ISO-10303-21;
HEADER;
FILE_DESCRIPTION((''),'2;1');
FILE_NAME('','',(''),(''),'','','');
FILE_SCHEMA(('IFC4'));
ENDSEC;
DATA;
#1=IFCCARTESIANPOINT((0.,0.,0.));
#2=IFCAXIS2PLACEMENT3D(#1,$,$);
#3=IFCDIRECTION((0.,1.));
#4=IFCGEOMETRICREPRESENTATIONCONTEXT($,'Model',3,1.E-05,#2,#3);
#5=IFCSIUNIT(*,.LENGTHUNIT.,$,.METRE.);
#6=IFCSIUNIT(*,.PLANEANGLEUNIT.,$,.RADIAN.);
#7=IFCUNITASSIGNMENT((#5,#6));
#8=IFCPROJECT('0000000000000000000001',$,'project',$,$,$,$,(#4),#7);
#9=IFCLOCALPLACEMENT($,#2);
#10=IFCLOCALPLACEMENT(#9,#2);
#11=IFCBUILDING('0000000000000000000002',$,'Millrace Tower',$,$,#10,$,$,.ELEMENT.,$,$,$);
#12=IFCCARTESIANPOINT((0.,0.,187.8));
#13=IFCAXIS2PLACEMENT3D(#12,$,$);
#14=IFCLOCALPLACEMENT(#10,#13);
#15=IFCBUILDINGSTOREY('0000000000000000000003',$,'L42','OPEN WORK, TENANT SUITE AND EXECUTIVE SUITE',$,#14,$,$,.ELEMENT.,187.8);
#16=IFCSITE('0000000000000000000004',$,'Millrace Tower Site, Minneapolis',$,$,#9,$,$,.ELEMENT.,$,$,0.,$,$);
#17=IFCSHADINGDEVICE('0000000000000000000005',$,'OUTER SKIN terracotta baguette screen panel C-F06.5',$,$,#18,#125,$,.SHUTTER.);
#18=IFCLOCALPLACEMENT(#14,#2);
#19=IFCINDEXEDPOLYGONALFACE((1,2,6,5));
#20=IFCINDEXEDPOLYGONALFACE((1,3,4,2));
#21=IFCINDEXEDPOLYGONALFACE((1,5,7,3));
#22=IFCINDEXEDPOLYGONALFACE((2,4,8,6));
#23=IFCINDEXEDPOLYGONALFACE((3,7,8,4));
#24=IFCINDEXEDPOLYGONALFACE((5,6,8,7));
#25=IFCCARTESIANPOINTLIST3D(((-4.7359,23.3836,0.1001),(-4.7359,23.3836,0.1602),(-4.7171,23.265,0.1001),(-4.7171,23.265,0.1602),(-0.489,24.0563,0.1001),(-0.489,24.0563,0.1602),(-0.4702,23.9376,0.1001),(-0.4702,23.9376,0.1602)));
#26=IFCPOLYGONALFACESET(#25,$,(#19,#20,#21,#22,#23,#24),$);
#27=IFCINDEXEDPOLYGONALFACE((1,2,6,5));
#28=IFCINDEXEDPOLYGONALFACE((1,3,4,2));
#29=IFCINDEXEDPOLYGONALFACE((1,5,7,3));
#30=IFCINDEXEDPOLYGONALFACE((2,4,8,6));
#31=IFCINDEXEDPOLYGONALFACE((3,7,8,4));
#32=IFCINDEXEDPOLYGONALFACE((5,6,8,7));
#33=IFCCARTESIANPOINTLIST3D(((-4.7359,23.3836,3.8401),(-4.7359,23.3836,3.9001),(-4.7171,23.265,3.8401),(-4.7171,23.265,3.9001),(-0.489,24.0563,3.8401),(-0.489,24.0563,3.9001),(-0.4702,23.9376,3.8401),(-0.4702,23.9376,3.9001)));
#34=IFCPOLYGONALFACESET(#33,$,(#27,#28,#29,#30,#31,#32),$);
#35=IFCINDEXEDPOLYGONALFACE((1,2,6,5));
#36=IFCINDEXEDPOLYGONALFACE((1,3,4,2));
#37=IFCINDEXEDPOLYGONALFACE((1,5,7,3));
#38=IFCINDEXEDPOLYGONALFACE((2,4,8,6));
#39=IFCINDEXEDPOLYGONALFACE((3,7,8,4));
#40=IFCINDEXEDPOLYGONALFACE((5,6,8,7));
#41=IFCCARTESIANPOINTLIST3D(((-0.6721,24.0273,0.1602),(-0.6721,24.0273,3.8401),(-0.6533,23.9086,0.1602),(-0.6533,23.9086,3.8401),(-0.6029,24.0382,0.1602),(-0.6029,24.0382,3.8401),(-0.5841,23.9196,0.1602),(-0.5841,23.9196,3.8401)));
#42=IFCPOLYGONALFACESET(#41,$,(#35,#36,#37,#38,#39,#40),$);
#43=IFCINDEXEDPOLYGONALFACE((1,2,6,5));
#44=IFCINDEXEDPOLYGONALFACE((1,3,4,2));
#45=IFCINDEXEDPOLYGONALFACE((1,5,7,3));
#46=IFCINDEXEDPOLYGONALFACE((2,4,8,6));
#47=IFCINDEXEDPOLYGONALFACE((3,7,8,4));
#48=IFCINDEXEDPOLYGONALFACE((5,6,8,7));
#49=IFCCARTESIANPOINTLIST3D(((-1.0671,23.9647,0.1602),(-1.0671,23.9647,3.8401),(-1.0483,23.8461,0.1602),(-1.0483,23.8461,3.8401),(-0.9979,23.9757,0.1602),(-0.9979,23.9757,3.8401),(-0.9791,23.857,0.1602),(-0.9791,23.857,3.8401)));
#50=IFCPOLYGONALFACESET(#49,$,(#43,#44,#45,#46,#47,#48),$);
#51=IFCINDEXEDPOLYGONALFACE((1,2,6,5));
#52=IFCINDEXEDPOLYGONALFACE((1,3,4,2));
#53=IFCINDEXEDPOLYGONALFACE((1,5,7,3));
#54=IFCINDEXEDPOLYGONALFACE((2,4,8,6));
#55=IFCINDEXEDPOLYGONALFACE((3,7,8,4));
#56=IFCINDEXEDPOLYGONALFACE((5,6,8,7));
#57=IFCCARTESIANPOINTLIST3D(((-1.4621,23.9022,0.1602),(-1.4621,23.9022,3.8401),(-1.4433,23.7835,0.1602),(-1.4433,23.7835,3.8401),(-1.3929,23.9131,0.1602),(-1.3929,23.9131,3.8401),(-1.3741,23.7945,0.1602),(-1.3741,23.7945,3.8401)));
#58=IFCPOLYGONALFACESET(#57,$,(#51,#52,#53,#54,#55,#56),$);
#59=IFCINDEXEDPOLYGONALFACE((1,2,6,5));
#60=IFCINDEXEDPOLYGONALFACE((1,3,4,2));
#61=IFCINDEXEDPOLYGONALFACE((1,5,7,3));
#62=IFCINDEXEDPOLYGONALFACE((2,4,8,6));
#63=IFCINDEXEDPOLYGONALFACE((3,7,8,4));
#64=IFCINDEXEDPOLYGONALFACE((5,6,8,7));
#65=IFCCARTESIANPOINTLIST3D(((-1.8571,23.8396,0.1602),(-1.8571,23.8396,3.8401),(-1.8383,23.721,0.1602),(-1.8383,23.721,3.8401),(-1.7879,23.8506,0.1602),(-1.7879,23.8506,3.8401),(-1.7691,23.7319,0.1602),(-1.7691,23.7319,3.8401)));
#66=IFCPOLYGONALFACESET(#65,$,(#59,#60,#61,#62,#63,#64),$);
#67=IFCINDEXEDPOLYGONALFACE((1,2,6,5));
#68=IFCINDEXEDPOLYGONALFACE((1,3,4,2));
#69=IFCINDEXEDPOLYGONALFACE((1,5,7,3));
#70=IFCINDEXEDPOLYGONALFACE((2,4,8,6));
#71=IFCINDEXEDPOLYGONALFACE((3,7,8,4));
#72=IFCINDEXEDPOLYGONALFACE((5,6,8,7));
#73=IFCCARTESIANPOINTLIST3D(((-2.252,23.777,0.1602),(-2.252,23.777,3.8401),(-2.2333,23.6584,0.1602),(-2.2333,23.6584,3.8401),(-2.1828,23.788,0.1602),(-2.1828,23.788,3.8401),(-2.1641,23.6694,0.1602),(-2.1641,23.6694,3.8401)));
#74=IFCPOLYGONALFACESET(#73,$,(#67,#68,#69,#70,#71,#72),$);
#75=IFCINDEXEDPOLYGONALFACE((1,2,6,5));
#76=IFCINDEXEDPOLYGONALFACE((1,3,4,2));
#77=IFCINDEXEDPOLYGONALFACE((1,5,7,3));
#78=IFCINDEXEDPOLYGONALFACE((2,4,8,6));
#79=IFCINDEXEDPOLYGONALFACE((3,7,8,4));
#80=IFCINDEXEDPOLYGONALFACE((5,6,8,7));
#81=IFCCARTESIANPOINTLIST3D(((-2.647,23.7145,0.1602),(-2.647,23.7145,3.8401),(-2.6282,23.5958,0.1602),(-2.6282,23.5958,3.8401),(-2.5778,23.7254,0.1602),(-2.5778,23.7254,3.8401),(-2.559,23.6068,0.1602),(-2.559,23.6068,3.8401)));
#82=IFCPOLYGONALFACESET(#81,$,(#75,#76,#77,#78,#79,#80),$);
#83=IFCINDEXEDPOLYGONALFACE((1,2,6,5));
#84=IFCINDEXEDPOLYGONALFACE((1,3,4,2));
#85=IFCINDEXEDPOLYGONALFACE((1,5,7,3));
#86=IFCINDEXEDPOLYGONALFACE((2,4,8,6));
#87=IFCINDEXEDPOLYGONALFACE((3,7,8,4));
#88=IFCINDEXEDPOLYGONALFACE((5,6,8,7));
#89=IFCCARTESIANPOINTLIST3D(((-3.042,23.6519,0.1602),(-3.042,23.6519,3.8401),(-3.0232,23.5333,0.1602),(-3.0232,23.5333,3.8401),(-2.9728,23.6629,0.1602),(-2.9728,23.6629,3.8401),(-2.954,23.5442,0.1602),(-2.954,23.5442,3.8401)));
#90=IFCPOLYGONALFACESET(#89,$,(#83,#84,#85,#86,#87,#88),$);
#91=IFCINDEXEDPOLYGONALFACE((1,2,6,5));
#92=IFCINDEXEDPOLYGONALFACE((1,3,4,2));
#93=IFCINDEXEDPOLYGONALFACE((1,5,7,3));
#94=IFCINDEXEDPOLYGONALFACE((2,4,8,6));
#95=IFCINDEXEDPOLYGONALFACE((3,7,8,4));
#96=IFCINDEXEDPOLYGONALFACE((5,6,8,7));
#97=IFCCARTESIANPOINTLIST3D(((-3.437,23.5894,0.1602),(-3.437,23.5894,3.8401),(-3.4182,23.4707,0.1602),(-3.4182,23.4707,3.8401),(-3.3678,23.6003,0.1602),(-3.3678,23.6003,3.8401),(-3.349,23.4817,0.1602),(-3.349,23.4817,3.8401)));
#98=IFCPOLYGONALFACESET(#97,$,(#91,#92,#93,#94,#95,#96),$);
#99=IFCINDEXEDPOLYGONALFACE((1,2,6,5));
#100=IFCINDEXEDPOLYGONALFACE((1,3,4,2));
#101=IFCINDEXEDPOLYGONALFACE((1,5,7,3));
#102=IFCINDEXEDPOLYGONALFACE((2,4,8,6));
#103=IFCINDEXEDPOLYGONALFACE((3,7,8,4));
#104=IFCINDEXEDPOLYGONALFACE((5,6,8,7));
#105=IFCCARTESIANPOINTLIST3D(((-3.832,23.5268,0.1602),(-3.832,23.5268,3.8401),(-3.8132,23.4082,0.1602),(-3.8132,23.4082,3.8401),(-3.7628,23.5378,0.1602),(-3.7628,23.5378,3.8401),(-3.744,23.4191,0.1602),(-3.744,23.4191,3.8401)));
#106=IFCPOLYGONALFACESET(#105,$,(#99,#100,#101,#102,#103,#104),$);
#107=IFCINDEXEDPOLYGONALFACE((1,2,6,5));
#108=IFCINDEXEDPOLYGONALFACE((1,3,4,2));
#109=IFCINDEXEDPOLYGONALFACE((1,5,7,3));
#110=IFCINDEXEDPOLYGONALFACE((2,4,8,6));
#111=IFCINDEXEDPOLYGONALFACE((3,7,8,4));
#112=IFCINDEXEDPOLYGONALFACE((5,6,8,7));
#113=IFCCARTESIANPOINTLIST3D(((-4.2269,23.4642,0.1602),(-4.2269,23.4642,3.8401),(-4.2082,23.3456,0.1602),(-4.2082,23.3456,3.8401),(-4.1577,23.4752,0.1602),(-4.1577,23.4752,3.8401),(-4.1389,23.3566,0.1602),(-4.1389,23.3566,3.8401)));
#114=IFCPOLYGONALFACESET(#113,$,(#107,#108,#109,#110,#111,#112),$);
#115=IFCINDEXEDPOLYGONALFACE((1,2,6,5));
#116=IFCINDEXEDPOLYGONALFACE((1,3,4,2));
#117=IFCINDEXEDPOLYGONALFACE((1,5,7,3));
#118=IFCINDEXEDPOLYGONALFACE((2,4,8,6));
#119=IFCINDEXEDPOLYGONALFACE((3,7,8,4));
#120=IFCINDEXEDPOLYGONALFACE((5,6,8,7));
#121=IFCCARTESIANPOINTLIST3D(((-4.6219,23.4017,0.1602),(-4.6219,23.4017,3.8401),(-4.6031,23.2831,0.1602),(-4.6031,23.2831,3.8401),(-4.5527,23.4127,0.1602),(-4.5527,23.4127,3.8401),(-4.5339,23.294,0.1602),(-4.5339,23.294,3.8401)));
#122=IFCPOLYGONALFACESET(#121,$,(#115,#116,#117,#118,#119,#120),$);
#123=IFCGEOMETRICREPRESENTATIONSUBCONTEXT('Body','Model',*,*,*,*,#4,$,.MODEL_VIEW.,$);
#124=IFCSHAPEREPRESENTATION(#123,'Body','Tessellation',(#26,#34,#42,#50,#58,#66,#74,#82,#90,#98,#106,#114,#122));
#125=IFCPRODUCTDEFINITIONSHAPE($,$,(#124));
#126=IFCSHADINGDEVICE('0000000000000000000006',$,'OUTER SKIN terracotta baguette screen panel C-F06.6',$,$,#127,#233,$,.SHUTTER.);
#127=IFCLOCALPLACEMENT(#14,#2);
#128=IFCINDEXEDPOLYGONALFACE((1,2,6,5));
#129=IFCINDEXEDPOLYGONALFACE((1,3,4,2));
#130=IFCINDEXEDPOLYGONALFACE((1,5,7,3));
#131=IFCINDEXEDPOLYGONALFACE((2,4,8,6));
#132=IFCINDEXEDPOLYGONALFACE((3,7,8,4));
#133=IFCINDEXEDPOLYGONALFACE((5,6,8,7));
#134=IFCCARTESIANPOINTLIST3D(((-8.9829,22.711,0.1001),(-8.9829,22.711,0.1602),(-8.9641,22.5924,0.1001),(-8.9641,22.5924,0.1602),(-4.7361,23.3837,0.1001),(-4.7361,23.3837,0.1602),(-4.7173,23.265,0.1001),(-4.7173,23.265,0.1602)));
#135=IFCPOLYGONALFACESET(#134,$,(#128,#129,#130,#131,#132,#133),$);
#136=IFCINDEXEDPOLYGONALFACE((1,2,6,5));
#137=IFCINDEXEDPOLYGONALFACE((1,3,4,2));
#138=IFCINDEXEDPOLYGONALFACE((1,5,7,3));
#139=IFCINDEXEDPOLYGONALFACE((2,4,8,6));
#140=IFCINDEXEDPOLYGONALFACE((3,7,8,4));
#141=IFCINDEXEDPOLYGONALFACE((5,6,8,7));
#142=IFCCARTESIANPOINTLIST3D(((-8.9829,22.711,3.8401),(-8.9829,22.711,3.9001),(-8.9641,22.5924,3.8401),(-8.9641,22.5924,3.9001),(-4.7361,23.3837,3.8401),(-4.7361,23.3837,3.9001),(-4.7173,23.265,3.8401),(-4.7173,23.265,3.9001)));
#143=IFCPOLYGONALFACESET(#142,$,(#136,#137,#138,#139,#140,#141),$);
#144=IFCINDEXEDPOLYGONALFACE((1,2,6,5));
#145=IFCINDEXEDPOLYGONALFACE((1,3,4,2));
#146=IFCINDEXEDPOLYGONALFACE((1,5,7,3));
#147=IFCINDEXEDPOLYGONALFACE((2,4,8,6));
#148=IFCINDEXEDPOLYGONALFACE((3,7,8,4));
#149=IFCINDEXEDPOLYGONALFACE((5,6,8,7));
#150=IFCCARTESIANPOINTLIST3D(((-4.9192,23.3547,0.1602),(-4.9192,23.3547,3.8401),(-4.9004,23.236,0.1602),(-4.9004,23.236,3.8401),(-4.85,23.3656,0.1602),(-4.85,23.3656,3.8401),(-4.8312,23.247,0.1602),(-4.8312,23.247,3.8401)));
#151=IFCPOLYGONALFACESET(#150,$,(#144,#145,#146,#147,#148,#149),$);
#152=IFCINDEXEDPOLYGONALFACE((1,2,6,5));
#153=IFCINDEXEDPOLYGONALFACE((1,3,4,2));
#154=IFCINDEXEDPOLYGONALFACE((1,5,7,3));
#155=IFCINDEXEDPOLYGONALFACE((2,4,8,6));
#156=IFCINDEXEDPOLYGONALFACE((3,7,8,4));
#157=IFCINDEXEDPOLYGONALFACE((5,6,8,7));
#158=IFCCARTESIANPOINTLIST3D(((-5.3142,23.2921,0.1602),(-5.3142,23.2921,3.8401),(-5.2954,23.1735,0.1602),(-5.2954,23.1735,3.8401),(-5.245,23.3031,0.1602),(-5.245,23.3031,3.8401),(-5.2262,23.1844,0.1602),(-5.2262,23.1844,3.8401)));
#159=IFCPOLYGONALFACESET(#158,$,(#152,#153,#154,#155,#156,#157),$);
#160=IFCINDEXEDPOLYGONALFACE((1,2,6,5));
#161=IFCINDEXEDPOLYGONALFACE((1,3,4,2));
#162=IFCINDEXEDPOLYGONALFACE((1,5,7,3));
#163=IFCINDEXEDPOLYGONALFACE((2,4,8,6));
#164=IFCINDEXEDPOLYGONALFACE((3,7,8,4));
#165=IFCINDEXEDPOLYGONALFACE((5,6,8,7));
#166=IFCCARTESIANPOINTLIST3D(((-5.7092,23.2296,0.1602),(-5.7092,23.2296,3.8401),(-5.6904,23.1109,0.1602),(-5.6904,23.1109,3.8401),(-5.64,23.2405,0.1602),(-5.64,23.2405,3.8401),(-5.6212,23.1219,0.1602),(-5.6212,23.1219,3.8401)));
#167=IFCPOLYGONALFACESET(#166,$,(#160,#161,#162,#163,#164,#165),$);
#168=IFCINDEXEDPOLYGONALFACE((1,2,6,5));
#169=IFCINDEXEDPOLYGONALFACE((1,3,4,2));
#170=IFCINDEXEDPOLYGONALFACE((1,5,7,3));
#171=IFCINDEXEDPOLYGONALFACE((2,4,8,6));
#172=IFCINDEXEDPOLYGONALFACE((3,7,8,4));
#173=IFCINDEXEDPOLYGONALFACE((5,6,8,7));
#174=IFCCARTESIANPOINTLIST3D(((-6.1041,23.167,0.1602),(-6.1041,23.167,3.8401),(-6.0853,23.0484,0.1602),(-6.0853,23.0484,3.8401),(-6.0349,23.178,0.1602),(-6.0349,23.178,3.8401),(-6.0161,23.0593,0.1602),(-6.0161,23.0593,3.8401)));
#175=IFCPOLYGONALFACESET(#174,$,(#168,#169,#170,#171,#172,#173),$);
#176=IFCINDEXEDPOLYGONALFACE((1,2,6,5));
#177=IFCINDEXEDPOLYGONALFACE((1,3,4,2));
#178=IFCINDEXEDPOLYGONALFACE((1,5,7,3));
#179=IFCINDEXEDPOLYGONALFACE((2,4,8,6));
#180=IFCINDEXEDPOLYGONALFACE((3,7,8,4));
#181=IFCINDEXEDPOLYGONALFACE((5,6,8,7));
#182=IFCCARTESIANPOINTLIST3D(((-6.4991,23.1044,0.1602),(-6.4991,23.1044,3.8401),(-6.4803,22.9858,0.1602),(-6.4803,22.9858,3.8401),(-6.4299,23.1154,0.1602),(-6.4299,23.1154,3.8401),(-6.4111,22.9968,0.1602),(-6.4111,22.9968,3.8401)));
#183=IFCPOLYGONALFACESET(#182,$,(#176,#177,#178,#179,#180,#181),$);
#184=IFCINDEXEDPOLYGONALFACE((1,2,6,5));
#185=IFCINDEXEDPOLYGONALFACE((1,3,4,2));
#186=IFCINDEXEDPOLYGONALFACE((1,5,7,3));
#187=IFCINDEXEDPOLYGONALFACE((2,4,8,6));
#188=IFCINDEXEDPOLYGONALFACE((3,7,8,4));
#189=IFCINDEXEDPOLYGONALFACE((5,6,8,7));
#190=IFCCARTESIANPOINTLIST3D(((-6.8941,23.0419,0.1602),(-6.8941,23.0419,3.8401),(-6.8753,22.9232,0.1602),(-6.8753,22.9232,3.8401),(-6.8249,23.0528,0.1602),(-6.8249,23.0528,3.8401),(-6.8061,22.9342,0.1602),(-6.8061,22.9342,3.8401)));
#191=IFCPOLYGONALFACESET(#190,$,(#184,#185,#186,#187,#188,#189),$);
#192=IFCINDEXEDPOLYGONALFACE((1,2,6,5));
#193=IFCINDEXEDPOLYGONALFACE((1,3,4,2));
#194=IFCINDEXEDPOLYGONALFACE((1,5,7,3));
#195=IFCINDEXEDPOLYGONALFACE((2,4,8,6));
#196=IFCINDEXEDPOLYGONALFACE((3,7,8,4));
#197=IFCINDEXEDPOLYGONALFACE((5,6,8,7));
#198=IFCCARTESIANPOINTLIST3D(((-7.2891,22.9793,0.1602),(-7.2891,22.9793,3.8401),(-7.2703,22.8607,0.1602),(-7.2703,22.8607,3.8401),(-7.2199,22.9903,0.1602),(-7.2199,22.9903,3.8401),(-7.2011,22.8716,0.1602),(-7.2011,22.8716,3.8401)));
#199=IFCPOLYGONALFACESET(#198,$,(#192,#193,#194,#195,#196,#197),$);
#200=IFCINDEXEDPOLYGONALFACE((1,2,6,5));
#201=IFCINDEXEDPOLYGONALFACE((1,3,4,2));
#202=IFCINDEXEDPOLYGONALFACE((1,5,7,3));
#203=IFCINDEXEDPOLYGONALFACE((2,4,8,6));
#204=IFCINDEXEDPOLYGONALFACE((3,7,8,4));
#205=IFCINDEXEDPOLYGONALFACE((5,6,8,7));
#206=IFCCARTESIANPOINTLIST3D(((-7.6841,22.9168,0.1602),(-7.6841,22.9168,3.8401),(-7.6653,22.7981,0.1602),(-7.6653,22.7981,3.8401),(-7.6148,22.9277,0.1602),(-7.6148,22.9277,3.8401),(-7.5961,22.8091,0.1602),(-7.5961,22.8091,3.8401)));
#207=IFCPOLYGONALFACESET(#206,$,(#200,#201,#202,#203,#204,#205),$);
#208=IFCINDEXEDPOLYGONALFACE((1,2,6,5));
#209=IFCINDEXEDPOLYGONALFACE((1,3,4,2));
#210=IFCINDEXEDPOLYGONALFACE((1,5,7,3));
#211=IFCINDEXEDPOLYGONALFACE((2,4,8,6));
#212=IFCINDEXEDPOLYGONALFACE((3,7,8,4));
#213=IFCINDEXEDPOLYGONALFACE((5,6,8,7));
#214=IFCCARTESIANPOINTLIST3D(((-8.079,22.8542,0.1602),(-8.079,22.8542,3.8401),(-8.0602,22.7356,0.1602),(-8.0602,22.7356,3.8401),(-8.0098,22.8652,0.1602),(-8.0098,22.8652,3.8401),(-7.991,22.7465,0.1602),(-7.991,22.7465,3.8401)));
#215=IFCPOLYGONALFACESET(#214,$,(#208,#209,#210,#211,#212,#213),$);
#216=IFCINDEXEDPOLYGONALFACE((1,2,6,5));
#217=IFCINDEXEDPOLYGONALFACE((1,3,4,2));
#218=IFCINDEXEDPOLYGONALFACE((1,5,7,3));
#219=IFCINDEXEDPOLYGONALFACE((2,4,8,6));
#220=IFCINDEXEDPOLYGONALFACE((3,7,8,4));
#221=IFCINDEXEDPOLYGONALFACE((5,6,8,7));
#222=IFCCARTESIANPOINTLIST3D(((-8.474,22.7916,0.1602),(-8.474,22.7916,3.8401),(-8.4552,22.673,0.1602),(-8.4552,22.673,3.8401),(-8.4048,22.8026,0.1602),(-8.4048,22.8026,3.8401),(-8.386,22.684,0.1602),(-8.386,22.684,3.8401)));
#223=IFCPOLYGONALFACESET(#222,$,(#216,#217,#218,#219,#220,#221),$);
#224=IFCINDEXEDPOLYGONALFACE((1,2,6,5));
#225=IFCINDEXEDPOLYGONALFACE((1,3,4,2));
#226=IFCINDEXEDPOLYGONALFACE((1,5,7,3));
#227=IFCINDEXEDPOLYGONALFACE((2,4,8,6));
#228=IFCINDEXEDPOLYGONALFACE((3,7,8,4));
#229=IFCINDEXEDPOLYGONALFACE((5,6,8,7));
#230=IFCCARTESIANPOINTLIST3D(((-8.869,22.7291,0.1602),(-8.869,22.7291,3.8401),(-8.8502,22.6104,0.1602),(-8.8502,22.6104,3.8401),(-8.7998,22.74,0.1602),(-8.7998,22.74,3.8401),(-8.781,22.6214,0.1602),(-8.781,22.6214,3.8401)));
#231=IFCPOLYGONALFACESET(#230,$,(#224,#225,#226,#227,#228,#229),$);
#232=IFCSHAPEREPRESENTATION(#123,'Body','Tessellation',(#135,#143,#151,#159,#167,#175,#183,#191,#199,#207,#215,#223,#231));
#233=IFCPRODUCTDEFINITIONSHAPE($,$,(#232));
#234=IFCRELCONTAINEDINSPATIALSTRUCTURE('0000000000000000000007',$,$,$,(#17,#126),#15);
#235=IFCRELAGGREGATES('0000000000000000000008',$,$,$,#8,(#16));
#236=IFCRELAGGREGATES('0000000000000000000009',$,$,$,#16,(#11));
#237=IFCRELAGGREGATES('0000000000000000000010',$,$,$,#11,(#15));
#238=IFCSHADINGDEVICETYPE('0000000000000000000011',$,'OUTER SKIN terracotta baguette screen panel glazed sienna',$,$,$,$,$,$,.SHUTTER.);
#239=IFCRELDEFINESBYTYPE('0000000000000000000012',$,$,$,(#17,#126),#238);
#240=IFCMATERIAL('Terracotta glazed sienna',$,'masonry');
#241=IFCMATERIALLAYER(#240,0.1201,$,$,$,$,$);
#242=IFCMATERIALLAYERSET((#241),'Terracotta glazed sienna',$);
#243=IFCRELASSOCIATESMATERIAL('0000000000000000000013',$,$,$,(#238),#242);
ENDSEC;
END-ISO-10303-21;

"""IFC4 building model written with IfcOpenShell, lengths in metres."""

from ifc_helpers import new_model, entity, si_unit, direction, frame, frame_2d, origin, origin_2d, place, context, subcontext, project, spatial, rectangle, extrude, source, transform, mapped, material, layer, layer_set, type_object, element, save


model = new_model("IFC4")

# Units and contexts
model_context = context("Model", 3, precision=1e-05, world=origin(), true_north=direction((0.0, 1.0)))
body_context = subcontext(model_context, "Body", "Model", "MODEL_VIEW")
ifc_project = project(units=[si_unit("LENGTHUNIT", "METRE"), si_unit("PLANEANGLEUNIT", "RADIAN")], contexts=[model_context])

# Site, building, storey
site_placement = place(None, origin())
site = spatial("IfcSite", under=ifc_project, at=site_placement, Name="Millrace Tower Site, Minneapolis", CompositionType="ELEMENT", RefElevation=0.0)
building_placement = place(site_placement, origin())
building = spatial("IfcBuilding", under=site, at=building_placement, Name="Millrace Tower", CompositionType="ELEMENT")
storey_placement = place(building_placement, frame((0.0, 0.0, 187.8)))
storey = spatial("IfcBuildingStorey", under=building, at=storey_placement, Name="L42", Description="OPEN WORK, TENANT SUITE AND EXECUTIVE SUITE", CompositionType="ELEMENT", Elevation=187.8)

# Shading devices
ifc_material_1 = material(Name="Terracotta glazed sienna", Category="masonry")
ifc_layer_1 = layer(ifc_material_1, 0.1201)
ifc_layer_set_1 = layer_set([ifc_layer_1], Name="Terracotta glazed sienna")
shading_device_type = type_object("IfcShadingDeviceType", Name="OUTER SKIN terracotta baguette screen panel glazed sienna", PredefinedType="SHUTTER", material=ifc_layer_set_1)
cartesian_point = entity("IfcCartesianPoint", [-2.1499, 0.0601])
shared_polyline = entity("IfcPolyline", [cartesian_point, entity("IfcCartesianPoint", [2.1499, 0.0601]), entity("IfcCartesianPoint", [2.1499, -0.0601]), entity("IfcCartesianPoint", [-2.1499, -0.0601]), cartesian_point])
shared_shape = source(origin(), body_context, "Body", "SweptSolid", [
    entity("IfcExtrudedAreaSolid", entity("IfcArbitraryClosedProfileDef", "AREA", None, shared_polyline), entity("IfcAxis2Placement3D", entity("IfcCartesianPoint", [0.0, 0.0, 0.0])), entity("IfcDirection", [0.0, 0.0, 1.0]), 0.0601),
    entity("IfcExtrudedAreaSolid", entity("IfcArbitraryClosedProfileDef", "AREA", None, shared_polyline), entity("IfcAxis2Placement3D", entity("IfcCartesianPoint", [0.0, 0.0, 3.74])), entity("IfcDirection", [0.0, 0.0, 1.0]), 0.0601),
    extrude(rectangle(XDim=0.0701, YDim=0.1201, at=frame_2d((-1.9995, 0.0))), frame((0.0, 0.0, 0.0601)), (0.0, 0.0, 1.0), 3.6799),
    extrude(rectangle(XDim=0.0701, YDim=0.1201, at=frame_2d((-1.5996, 0.0))), frame((0.0, 0.0, 0.0601)), (0.0, 0.0, 1.0), 3.6799),
    extrude(rectangle(XDim=0.0701, YDim=0.1201, at=frame_2d((-1.1997, 0.0))), frame((0.0, 0.0, 0.0601)), (0.0, 0.0, 1.0), 3.6799),
    extrude(rectangle(XDim=0.0701, YDim=0.1201, at=frame_2d((-0.7998, 0.0))), frame((0.0, 0.0, 0.0601)), (0.0, 0.0, 1.0), 3.6799),
    extrude(rectangle(XDim=0.0701, YDim=0.1201, at=frame_2d((-0.3999, 0.0))), frame((0.0, 0.0, 0.0601)), (0.0, 0.0, 1.0), 3.6799),
    extrude(rectangle(XDim=0.0701, YDim=0.1201, at=origin_2d()), frame((0.0, 0.0, 0.0601)), (0.0, 0.0, 1.0), 3.6799),
    extrude(rectangle(XDim=0.0701, YDim=0.1201, at=frame_2d((0.3999, 0.0))), frame((0.0, 0.0, 0.0601)), (0.0, 0.0, 1.0), 3.6799),
    extrude(rectangle(XDim=0.0701, YDim=0.1201, at=frame_2d((0.7998, 0.0))), frame((0.0, 0.0, 0.0601)), (0.0, 0.0, 1.0), 3.6799),
    extrude(rectangle(XDim=0.0701, YDim=0.1201, at=frame_2d((1.1997, 0.0))), frame((0.0, 0.0, 0.0601)), (0.0, 0.0, 1.0), 3.6799),
    extrude(rectangle(XDim=0.0701, YDim=0.1201, at=frame_2d((1.5996, 0.0))), frame((0.0, 0.0, 0.0601)), (0.0, 0.0, 1.0), 3.6799),
    extrude(rectangle(XDim=0.0701, YDim=0.1201, at=frame_2d((1.9995, 0.0))), frame((0.0, 0.0, 0.0601)), (0.0, 0.0, 1.0), 3.6799),
])
for number, where, z_axis, x_axis, name in (
    (1, (-2.603, 23.6606, 0.1001), (0.0, 0.0, 1.0), (-0.987688, -0.156434, 0.0), "OUTER SKIN terracotta baguette screen panel C-F06.5"),
    (2, (-6.8501, 22.988, 0.1001), (0.0, 0.0, 1.0), (-0.987688, -0.156434, 0.0), "OUTER SKIN terracotta baguette screen panel C-F06.6"),
):
    element("IfcShadingDevice", number, at=place(storey_placement, frame(where, z_axis=z_axis, x_axis=x_axis)), inside=storey, type_object=shading_device_type, Name=name, PredefinedType="SHUTTER", context=body_context, shape_type="MappedRepresentation", body=[
        mapped(shared_shape, transform((0.0, 0.0, 0.0), scale=1.0)),
    ])

save(model, "model.ifc")
